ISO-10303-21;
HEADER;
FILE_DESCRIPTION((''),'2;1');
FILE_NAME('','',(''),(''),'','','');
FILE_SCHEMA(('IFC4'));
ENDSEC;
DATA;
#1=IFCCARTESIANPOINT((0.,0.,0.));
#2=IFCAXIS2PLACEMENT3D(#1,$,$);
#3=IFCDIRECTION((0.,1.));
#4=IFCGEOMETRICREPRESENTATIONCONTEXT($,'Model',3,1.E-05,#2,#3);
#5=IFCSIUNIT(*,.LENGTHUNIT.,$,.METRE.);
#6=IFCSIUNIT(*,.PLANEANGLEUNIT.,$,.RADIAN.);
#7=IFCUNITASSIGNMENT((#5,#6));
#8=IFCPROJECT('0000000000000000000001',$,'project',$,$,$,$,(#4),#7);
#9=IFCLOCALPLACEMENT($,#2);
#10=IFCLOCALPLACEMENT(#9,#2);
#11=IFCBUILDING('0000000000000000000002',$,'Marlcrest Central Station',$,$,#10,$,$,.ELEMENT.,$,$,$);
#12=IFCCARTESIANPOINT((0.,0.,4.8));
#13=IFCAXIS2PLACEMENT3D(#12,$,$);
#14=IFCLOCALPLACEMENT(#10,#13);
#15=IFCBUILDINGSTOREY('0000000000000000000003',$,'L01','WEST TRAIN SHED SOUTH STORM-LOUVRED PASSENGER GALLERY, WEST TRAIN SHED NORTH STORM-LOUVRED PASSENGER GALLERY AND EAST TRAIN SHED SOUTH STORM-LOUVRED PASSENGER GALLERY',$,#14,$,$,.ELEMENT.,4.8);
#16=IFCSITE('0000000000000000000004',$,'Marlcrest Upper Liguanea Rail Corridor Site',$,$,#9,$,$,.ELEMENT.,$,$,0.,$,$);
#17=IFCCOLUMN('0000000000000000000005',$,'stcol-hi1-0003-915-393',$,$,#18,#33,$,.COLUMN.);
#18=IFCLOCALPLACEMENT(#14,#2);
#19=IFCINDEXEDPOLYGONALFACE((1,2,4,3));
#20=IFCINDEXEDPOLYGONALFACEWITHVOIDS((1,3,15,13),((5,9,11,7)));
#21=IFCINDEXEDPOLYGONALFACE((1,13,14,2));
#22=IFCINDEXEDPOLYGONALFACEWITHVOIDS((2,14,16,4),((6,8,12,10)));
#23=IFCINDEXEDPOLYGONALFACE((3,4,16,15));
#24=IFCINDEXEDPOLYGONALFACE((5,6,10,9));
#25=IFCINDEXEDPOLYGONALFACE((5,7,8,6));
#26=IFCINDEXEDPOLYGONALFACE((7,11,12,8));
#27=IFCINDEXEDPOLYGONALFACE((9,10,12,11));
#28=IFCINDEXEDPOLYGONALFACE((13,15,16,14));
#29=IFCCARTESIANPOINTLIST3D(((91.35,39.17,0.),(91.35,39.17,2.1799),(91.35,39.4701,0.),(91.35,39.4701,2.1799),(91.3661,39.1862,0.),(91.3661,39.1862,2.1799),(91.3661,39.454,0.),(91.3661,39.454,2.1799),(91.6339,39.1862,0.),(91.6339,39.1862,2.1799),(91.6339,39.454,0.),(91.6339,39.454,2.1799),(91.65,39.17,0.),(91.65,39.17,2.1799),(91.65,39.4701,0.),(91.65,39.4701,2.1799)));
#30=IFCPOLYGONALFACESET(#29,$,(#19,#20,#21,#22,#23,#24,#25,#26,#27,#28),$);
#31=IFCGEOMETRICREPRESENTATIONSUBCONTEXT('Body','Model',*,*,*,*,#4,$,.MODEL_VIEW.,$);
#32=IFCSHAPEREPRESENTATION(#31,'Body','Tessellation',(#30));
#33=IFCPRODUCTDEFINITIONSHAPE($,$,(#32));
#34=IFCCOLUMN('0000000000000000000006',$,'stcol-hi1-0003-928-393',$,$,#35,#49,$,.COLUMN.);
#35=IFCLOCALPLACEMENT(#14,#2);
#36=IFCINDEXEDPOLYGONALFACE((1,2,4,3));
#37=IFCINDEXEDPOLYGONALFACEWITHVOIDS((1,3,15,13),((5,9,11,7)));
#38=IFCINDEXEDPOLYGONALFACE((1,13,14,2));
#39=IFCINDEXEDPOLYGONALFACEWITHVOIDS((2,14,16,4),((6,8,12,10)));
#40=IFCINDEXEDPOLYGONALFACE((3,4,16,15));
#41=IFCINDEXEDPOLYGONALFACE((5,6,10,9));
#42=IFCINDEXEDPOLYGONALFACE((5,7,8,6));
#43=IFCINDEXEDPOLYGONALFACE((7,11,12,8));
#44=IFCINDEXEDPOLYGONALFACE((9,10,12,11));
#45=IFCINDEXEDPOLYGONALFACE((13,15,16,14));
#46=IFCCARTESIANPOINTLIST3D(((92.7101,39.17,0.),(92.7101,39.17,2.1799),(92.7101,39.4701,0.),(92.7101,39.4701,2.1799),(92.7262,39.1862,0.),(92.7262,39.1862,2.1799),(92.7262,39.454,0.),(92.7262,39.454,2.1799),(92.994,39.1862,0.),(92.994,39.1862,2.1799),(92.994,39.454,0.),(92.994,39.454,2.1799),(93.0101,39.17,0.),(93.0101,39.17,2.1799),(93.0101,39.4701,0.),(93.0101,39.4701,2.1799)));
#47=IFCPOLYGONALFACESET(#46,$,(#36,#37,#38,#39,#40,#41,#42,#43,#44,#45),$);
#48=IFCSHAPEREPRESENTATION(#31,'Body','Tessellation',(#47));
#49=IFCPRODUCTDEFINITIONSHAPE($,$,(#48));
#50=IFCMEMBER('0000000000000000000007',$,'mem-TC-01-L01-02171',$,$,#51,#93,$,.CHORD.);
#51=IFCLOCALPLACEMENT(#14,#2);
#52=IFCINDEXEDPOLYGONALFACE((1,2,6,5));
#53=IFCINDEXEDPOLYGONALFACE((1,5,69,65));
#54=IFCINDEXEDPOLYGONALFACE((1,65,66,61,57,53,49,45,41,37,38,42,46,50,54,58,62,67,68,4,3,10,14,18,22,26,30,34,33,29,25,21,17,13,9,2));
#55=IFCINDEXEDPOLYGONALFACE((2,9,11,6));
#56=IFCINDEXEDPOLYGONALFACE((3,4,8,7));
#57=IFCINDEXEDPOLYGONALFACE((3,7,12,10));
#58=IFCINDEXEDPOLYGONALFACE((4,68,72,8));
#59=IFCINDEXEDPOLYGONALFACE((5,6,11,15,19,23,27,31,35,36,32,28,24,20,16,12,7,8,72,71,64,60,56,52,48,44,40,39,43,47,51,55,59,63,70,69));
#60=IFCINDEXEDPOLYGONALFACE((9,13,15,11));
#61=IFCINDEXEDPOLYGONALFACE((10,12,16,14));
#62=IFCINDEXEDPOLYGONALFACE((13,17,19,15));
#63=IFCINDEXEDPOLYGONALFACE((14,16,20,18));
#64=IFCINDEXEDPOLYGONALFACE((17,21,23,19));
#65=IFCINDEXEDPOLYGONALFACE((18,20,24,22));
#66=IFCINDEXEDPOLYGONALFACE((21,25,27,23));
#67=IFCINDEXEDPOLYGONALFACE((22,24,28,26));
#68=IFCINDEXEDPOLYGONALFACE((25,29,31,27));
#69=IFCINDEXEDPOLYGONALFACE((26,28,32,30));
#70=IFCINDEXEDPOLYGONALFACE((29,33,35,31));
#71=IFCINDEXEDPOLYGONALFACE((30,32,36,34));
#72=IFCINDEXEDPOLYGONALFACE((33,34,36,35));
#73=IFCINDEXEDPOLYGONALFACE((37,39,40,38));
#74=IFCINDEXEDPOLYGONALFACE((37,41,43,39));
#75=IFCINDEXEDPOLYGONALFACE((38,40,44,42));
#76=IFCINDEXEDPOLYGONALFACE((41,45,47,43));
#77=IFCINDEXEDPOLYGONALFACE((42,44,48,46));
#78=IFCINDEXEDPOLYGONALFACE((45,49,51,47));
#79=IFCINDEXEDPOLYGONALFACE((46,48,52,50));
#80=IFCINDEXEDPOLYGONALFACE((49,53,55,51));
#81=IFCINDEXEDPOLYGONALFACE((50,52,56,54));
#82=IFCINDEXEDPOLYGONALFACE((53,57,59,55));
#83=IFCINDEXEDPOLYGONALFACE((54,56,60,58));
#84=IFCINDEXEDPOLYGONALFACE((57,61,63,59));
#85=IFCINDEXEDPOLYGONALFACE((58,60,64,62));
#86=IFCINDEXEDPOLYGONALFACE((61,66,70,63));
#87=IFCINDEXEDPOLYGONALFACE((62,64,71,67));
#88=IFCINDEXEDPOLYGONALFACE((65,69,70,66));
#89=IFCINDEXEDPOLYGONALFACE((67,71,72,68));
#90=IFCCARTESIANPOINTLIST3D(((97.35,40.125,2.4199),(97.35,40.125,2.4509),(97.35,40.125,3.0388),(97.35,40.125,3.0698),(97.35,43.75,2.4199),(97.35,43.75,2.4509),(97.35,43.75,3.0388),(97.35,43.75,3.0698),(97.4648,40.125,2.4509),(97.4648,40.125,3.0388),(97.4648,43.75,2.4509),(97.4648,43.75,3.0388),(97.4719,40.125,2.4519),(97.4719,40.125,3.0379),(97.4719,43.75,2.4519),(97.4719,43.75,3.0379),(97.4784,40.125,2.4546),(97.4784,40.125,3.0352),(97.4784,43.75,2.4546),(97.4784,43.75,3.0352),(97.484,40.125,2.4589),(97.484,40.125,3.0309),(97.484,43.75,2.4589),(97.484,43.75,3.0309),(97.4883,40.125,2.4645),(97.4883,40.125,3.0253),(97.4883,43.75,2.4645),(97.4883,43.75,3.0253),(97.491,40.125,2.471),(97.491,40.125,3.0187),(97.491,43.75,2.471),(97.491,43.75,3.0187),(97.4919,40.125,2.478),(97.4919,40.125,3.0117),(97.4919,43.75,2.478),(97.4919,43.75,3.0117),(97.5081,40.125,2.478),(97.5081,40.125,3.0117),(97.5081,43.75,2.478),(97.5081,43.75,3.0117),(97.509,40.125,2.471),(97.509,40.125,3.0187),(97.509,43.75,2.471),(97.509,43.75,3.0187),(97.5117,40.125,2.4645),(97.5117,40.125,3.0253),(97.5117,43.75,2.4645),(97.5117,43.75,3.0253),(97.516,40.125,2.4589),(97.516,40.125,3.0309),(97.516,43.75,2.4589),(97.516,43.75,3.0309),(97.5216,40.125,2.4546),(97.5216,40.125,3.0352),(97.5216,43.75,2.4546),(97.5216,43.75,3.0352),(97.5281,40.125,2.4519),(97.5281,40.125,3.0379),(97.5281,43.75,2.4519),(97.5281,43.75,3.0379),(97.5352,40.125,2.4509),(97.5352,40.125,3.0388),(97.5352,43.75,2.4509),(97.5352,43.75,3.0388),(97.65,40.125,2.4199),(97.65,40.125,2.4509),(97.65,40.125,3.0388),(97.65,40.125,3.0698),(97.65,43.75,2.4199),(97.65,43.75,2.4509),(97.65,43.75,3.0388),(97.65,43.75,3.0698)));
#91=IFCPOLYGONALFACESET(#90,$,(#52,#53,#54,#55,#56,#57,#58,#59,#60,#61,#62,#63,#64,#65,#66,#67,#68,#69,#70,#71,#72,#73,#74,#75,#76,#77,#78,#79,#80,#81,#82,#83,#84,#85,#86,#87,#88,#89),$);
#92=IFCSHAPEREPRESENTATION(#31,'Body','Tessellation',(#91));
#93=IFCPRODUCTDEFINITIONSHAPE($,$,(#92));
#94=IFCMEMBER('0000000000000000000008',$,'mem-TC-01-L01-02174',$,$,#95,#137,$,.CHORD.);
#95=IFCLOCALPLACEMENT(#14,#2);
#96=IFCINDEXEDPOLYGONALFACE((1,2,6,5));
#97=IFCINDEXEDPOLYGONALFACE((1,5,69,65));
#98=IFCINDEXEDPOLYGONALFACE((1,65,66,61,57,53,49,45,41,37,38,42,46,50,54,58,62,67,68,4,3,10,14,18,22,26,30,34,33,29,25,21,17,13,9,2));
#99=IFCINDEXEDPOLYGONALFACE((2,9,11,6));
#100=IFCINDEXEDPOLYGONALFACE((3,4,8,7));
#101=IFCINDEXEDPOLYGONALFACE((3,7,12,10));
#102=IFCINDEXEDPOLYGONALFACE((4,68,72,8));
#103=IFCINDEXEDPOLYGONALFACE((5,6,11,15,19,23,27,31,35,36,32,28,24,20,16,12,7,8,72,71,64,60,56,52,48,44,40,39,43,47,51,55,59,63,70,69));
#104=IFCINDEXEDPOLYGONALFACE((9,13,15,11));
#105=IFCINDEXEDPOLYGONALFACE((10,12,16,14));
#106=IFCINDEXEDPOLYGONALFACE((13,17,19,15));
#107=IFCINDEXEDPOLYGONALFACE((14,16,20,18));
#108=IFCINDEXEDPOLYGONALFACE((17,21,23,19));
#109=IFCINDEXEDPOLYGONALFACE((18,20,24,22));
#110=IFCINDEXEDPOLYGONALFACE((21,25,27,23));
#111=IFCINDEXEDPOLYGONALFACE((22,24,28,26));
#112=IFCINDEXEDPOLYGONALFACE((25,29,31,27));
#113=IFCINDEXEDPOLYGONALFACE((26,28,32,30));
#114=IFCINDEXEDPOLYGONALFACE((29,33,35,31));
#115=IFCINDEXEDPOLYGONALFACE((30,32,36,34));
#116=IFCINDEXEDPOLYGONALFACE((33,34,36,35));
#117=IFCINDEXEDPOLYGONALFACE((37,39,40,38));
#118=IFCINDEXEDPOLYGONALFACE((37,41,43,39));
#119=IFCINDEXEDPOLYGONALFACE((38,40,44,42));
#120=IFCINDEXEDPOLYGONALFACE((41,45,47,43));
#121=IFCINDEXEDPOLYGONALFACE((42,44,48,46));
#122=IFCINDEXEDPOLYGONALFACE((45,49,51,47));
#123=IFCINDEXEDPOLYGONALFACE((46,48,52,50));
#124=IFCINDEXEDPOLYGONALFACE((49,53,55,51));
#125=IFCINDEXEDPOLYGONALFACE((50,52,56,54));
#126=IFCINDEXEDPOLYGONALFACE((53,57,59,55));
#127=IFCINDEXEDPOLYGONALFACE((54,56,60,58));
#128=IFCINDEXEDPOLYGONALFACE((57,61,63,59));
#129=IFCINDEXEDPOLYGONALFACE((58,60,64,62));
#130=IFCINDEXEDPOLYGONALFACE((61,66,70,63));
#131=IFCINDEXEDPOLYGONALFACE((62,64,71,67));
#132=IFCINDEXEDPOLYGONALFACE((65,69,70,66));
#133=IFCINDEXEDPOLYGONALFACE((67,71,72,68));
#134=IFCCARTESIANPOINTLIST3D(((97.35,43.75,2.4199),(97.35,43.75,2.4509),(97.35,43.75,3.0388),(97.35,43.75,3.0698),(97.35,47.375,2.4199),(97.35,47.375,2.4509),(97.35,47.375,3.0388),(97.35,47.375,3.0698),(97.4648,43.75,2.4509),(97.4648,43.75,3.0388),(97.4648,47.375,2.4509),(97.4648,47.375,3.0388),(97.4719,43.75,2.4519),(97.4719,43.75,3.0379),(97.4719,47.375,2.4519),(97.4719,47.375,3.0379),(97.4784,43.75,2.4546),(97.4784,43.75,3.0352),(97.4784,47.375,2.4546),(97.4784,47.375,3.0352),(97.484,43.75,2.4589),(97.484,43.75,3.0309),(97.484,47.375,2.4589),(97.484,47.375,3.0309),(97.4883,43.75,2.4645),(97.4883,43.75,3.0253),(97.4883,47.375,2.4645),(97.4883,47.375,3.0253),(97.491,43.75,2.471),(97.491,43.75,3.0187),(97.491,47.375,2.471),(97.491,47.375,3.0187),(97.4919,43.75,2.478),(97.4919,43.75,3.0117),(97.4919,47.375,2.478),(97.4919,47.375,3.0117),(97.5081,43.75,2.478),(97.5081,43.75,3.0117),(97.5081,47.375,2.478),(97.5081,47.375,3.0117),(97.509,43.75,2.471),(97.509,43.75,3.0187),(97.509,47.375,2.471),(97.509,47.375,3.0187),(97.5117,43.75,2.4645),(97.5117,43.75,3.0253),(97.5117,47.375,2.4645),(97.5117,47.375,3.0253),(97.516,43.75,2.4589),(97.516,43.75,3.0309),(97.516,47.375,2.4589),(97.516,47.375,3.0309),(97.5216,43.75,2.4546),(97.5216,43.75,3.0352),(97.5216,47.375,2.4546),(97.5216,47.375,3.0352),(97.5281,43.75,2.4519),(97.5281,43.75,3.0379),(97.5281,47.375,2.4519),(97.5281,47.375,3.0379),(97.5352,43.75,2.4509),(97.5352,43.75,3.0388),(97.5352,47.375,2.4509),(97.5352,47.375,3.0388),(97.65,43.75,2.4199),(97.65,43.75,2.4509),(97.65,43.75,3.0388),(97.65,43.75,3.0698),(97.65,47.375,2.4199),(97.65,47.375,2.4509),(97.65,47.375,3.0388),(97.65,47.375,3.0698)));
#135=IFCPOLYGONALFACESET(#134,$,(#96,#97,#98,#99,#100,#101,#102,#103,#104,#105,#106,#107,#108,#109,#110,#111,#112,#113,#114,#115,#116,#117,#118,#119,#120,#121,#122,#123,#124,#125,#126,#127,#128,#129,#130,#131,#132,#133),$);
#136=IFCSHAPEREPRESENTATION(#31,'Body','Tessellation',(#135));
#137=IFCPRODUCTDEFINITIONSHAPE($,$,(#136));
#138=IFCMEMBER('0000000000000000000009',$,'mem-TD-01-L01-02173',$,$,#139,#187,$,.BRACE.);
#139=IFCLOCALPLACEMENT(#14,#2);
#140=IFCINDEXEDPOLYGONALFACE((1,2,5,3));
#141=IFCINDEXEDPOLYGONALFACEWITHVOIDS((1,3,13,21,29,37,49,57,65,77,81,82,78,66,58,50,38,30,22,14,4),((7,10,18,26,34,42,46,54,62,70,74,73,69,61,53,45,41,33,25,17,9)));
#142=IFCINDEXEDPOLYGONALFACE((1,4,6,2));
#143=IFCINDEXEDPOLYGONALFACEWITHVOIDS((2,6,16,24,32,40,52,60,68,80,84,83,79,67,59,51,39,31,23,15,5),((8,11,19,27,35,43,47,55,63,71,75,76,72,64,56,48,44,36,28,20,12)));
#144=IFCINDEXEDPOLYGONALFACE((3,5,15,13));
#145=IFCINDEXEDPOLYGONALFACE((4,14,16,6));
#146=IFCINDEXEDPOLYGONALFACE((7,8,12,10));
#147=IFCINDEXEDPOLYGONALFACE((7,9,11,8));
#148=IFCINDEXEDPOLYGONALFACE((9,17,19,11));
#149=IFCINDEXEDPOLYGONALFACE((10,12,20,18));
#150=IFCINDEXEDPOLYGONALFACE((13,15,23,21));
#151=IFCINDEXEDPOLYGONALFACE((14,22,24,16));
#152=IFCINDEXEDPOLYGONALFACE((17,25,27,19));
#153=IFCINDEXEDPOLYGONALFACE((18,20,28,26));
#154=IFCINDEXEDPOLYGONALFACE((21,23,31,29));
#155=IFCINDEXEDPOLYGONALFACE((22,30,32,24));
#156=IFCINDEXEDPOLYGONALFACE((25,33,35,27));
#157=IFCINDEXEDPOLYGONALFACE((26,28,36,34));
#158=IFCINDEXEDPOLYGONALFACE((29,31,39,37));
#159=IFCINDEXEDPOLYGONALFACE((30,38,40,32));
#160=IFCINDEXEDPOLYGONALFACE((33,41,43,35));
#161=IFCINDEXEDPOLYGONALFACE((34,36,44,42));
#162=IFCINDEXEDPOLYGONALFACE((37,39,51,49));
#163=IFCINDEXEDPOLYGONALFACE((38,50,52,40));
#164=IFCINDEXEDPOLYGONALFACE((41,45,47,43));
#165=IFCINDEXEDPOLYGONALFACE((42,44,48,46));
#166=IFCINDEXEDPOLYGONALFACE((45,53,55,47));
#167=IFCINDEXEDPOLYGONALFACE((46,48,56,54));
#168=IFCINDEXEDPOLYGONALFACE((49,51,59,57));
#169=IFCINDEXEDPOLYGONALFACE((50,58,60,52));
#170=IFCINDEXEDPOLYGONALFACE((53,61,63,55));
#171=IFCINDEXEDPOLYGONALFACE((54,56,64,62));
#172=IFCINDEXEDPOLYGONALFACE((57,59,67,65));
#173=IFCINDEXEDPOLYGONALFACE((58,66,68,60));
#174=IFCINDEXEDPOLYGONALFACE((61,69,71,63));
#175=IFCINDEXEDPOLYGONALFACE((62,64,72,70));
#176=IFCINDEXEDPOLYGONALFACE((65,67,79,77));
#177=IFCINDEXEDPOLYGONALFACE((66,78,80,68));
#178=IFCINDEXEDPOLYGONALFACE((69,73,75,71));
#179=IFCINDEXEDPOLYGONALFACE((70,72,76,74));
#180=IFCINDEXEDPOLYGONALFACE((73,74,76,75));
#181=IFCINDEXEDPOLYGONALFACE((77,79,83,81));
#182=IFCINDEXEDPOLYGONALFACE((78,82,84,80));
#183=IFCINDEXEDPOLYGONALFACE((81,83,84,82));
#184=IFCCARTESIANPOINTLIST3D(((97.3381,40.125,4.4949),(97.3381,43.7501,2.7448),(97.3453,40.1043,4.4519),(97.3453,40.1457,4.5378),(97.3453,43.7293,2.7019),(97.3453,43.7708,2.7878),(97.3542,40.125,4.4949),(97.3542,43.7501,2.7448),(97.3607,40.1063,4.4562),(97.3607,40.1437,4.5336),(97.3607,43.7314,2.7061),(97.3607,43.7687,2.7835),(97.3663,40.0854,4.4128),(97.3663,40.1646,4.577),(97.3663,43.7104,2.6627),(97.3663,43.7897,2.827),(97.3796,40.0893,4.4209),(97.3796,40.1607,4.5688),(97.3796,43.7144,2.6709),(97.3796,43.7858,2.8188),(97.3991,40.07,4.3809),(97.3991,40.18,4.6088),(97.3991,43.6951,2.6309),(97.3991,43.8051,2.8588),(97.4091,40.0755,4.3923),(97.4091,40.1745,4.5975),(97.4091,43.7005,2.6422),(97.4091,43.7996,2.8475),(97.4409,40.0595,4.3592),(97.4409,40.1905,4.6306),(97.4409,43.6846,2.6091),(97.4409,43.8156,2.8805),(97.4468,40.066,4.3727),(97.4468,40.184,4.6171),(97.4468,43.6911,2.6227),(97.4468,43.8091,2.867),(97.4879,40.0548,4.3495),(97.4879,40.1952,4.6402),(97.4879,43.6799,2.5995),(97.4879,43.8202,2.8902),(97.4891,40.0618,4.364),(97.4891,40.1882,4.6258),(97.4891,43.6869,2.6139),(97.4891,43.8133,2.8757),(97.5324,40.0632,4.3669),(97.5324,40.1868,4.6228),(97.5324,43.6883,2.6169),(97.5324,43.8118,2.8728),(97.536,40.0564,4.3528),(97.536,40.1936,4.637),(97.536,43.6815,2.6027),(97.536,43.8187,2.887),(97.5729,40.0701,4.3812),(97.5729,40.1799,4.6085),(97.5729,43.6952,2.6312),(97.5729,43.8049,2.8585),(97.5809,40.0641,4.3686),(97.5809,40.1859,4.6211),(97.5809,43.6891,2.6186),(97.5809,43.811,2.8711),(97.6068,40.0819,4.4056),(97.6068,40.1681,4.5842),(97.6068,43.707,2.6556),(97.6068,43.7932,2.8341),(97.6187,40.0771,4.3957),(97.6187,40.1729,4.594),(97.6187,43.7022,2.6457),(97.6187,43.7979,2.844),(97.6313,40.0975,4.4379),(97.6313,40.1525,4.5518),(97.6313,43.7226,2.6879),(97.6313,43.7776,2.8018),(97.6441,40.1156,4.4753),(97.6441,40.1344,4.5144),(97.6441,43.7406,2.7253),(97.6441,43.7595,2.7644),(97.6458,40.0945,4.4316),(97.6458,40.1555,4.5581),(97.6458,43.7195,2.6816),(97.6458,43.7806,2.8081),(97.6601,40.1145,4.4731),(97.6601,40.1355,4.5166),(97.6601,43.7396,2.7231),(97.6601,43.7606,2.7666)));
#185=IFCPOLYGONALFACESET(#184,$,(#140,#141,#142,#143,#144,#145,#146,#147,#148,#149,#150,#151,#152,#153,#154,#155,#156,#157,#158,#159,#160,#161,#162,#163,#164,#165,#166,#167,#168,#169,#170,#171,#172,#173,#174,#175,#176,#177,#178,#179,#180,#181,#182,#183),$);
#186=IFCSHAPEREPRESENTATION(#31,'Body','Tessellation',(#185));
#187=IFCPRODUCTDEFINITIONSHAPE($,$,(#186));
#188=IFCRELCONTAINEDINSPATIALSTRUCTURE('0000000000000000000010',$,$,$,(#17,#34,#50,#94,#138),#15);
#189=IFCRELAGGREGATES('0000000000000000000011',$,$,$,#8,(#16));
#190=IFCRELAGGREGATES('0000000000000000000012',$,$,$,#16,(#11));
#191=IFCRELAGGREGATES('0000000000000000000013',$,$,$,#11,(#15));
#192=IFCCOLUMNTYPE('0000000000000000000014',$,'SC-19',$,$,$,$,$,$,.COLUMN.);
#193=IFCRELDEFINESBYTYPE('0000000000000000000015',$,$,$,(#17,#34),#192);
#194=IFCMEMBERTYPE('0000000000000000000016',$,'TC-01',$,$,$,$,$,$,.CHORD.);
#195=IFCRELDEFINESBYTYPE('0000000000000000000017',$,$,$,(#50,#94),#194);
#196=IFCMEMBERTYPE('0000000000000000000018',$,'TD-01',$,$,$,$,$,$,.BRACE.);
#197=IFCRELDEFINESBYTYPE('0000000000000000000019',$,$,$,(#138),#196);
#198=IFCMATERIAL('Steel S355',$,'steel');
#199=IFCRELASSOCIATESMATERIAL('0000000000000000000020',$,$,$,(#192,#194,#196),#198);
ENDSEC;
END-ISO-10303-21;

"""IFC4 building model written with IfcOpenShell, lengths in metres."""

from ifc_helpers import new_model, si_unit, direction, frame, origin, origin_2d, place, context, subcontext, project, spatial, hollow_rectangle, hollow_circle, i_section, extrude, material, material_profile, profile_set, type_object, element, save


model = new_model("IFC4")

# Units and contexts
model_context = context("Model", 3, precision=1e-05, world=origin(), true_north=direction((0.0, 1.0)))
body_context = subcontext(model_context, "Body", "Model", "MODEL_VIEW")
ifc_project = project(units=[si_unit("LENGTHUNIT", "METRE"), si_unit("PLANEANGLEUNIT", "RADIAN")], contexts=[model_context])

# Site, building, storey
site_placement = place(None, origin())
site = spatial("IfcSite", under=ifc_project, at=site_placement, Name="Marlcrest Upper Liguanea Rail Corridor Site", CompositionType="ELEMENT", RefElevation=0.0)
building_placement = place(site_placement, origin())
building = spatial("IfcBuilding", under=site, at=building_placement, Name="Marlcrest Central Station", CompositionType="ELEMENT")
storey_placement = place(building_placement, frame((0.0, 0.0, 4.8)))
storey = spatial("IfcBuildingStorey", under=building, at=storey_placement, Name="L01", Description="WEST TRAIN SHED SOUTH STORM-LOUVRED PASSENGER GALLERY, WEST TRAIN SHED NORTH STORM-LOUVRED PASSENGER GALLERY AND EAST TRAIN SHED SOUTH STORM-LOUVRED PASSENGER GALLERY", CompositionType="ELEMENT", Elevation=4.8)

# Columns
ifc_material_1 = material(Name="Steel S355", Category="steel")
ifc_material_profile_1 = material_profile(ifc_material_1, hollow_rectangle(XDim=0.3, YDim=0.3, WallThickness=0.0161, at=origin_2d()), Name="SHS 300x300x16")
ifc_profile_set_1 = profile_set([ifc_material_profile_1], Name="Steel S355")
column_type = type_object("IfcColumnType", Name="SC-19", PredefinedType="COLUMN", material=ifc_profile_set_1)
for number, where, z_axis, x_axis, name in (
    (1, (91.5, 39.3201, 0.0), (0.0, 0.0, 1.0), (1.0, 0.0, 0.0), "stcol-hi1-0003-915-393"),
    (2, (92.8601, 39.3201, 0.0), (0.0, 0.0, 1.0), (1.0, 0.0, 0.0), "stcol-hi1-0003-928-393"),
):
    element("IfcColumn", number, at=place(storey_placement, frame(where, z_axis=z_axis, x_axis=x_axis)), inside=storey, type_object=column_type, Name=name, PredefinedType="COLUMN", context=body_context, shape_type="SweptSolid", body=[
        extrude(hollow_rectangle(XDim=0.3, YDim=0.3, WallThickness=0.0161, at=origin_2d()), origin(), (0.0, 0.0, 1.0), 2.1799),
    ])

# Members
ifc_material_profile_2 = material_profile(ifc_material_1, i_section(OverallWidth=0.3, OverallDepth=0.6499, WebThickness=0.0161, FlangeThickness=0.031, FilletRadius=0.0271, at=origin_2d()), Name="HEB 650")
ifc_profile_set_2 = profile_set([ifc_material_profile_2], Name="Steel S355")
member_type_1 = type_object("IfcMemberType", Name="TC-01", PredefinedType="CHORD", material=ifc_profile_set_2)
for number, where, z_axis, x_axis, name in (
    (3, (97.5, 40.125, 2.7449), (0.0, 1.0, 0.0), (-1.0, 0.0, 0.0), "mem-TC-01-L01-02171"),
    (4, (97.5, 43.75, 2.7449), (0.0, 1.0, 0.0), (-1.0, 0.0, 0.0), "mem-TC-01-L01-02174"),
):
    element("IfcMember", number, at=place(storey_placement, frame(where, z_axis=z_axis, x_axis=x_axis)), inside=storey, type_object=member_type_1, Name=name, PredefinedType="CHORD", context=body_context, shape_type="SweptSolid", body=[
        extrude(i_section(OverallWidth=0.3, OverallDepth=0.6499, WebThickness=0.0161, FlangeThickness=0.031, FilletRadius=0.0271, at=origin_2d()), origin(), (0.0, 0.0, 1.0), 3.625),
    ])
ifc_material_profile_3 = material_profile(ifc_material_1, hollow_circle(Radius=0.1619, WallThickness=0.0161, at=origin_2d()), Name="CHS 323.9x16")
ifc_profile_set_3 = profile_set([ifc_material_profile_3], Name="Steel S355")
member_type_2 = type_object("IfcMemberType", Name="TD-01", PredefinedType="BRACE", material=ifc_profile_set_3)
member_placement = place(storey_placement, frame((97.5, 40.125, 4.4949), z_axis=(0.0, 0.900552, -0.434749), x_axis=(-1.0, 0.0, 0.0)))
element("IfcMember", 5, at=member_placement, inside=storey, type_object=member_type_2, Name="mem-TD-01-L01-02173", PredefinedType="BRACE", context=body_context, shape_type="SweptSolid", body=[
    extrude(hollow_circle(Radius=0.1619, WallThickness=0.0161, at=origin_2d()), origin(), (0.0, 0.0, 1.0), 4.0254),
])

save(model, "model.ifc")
